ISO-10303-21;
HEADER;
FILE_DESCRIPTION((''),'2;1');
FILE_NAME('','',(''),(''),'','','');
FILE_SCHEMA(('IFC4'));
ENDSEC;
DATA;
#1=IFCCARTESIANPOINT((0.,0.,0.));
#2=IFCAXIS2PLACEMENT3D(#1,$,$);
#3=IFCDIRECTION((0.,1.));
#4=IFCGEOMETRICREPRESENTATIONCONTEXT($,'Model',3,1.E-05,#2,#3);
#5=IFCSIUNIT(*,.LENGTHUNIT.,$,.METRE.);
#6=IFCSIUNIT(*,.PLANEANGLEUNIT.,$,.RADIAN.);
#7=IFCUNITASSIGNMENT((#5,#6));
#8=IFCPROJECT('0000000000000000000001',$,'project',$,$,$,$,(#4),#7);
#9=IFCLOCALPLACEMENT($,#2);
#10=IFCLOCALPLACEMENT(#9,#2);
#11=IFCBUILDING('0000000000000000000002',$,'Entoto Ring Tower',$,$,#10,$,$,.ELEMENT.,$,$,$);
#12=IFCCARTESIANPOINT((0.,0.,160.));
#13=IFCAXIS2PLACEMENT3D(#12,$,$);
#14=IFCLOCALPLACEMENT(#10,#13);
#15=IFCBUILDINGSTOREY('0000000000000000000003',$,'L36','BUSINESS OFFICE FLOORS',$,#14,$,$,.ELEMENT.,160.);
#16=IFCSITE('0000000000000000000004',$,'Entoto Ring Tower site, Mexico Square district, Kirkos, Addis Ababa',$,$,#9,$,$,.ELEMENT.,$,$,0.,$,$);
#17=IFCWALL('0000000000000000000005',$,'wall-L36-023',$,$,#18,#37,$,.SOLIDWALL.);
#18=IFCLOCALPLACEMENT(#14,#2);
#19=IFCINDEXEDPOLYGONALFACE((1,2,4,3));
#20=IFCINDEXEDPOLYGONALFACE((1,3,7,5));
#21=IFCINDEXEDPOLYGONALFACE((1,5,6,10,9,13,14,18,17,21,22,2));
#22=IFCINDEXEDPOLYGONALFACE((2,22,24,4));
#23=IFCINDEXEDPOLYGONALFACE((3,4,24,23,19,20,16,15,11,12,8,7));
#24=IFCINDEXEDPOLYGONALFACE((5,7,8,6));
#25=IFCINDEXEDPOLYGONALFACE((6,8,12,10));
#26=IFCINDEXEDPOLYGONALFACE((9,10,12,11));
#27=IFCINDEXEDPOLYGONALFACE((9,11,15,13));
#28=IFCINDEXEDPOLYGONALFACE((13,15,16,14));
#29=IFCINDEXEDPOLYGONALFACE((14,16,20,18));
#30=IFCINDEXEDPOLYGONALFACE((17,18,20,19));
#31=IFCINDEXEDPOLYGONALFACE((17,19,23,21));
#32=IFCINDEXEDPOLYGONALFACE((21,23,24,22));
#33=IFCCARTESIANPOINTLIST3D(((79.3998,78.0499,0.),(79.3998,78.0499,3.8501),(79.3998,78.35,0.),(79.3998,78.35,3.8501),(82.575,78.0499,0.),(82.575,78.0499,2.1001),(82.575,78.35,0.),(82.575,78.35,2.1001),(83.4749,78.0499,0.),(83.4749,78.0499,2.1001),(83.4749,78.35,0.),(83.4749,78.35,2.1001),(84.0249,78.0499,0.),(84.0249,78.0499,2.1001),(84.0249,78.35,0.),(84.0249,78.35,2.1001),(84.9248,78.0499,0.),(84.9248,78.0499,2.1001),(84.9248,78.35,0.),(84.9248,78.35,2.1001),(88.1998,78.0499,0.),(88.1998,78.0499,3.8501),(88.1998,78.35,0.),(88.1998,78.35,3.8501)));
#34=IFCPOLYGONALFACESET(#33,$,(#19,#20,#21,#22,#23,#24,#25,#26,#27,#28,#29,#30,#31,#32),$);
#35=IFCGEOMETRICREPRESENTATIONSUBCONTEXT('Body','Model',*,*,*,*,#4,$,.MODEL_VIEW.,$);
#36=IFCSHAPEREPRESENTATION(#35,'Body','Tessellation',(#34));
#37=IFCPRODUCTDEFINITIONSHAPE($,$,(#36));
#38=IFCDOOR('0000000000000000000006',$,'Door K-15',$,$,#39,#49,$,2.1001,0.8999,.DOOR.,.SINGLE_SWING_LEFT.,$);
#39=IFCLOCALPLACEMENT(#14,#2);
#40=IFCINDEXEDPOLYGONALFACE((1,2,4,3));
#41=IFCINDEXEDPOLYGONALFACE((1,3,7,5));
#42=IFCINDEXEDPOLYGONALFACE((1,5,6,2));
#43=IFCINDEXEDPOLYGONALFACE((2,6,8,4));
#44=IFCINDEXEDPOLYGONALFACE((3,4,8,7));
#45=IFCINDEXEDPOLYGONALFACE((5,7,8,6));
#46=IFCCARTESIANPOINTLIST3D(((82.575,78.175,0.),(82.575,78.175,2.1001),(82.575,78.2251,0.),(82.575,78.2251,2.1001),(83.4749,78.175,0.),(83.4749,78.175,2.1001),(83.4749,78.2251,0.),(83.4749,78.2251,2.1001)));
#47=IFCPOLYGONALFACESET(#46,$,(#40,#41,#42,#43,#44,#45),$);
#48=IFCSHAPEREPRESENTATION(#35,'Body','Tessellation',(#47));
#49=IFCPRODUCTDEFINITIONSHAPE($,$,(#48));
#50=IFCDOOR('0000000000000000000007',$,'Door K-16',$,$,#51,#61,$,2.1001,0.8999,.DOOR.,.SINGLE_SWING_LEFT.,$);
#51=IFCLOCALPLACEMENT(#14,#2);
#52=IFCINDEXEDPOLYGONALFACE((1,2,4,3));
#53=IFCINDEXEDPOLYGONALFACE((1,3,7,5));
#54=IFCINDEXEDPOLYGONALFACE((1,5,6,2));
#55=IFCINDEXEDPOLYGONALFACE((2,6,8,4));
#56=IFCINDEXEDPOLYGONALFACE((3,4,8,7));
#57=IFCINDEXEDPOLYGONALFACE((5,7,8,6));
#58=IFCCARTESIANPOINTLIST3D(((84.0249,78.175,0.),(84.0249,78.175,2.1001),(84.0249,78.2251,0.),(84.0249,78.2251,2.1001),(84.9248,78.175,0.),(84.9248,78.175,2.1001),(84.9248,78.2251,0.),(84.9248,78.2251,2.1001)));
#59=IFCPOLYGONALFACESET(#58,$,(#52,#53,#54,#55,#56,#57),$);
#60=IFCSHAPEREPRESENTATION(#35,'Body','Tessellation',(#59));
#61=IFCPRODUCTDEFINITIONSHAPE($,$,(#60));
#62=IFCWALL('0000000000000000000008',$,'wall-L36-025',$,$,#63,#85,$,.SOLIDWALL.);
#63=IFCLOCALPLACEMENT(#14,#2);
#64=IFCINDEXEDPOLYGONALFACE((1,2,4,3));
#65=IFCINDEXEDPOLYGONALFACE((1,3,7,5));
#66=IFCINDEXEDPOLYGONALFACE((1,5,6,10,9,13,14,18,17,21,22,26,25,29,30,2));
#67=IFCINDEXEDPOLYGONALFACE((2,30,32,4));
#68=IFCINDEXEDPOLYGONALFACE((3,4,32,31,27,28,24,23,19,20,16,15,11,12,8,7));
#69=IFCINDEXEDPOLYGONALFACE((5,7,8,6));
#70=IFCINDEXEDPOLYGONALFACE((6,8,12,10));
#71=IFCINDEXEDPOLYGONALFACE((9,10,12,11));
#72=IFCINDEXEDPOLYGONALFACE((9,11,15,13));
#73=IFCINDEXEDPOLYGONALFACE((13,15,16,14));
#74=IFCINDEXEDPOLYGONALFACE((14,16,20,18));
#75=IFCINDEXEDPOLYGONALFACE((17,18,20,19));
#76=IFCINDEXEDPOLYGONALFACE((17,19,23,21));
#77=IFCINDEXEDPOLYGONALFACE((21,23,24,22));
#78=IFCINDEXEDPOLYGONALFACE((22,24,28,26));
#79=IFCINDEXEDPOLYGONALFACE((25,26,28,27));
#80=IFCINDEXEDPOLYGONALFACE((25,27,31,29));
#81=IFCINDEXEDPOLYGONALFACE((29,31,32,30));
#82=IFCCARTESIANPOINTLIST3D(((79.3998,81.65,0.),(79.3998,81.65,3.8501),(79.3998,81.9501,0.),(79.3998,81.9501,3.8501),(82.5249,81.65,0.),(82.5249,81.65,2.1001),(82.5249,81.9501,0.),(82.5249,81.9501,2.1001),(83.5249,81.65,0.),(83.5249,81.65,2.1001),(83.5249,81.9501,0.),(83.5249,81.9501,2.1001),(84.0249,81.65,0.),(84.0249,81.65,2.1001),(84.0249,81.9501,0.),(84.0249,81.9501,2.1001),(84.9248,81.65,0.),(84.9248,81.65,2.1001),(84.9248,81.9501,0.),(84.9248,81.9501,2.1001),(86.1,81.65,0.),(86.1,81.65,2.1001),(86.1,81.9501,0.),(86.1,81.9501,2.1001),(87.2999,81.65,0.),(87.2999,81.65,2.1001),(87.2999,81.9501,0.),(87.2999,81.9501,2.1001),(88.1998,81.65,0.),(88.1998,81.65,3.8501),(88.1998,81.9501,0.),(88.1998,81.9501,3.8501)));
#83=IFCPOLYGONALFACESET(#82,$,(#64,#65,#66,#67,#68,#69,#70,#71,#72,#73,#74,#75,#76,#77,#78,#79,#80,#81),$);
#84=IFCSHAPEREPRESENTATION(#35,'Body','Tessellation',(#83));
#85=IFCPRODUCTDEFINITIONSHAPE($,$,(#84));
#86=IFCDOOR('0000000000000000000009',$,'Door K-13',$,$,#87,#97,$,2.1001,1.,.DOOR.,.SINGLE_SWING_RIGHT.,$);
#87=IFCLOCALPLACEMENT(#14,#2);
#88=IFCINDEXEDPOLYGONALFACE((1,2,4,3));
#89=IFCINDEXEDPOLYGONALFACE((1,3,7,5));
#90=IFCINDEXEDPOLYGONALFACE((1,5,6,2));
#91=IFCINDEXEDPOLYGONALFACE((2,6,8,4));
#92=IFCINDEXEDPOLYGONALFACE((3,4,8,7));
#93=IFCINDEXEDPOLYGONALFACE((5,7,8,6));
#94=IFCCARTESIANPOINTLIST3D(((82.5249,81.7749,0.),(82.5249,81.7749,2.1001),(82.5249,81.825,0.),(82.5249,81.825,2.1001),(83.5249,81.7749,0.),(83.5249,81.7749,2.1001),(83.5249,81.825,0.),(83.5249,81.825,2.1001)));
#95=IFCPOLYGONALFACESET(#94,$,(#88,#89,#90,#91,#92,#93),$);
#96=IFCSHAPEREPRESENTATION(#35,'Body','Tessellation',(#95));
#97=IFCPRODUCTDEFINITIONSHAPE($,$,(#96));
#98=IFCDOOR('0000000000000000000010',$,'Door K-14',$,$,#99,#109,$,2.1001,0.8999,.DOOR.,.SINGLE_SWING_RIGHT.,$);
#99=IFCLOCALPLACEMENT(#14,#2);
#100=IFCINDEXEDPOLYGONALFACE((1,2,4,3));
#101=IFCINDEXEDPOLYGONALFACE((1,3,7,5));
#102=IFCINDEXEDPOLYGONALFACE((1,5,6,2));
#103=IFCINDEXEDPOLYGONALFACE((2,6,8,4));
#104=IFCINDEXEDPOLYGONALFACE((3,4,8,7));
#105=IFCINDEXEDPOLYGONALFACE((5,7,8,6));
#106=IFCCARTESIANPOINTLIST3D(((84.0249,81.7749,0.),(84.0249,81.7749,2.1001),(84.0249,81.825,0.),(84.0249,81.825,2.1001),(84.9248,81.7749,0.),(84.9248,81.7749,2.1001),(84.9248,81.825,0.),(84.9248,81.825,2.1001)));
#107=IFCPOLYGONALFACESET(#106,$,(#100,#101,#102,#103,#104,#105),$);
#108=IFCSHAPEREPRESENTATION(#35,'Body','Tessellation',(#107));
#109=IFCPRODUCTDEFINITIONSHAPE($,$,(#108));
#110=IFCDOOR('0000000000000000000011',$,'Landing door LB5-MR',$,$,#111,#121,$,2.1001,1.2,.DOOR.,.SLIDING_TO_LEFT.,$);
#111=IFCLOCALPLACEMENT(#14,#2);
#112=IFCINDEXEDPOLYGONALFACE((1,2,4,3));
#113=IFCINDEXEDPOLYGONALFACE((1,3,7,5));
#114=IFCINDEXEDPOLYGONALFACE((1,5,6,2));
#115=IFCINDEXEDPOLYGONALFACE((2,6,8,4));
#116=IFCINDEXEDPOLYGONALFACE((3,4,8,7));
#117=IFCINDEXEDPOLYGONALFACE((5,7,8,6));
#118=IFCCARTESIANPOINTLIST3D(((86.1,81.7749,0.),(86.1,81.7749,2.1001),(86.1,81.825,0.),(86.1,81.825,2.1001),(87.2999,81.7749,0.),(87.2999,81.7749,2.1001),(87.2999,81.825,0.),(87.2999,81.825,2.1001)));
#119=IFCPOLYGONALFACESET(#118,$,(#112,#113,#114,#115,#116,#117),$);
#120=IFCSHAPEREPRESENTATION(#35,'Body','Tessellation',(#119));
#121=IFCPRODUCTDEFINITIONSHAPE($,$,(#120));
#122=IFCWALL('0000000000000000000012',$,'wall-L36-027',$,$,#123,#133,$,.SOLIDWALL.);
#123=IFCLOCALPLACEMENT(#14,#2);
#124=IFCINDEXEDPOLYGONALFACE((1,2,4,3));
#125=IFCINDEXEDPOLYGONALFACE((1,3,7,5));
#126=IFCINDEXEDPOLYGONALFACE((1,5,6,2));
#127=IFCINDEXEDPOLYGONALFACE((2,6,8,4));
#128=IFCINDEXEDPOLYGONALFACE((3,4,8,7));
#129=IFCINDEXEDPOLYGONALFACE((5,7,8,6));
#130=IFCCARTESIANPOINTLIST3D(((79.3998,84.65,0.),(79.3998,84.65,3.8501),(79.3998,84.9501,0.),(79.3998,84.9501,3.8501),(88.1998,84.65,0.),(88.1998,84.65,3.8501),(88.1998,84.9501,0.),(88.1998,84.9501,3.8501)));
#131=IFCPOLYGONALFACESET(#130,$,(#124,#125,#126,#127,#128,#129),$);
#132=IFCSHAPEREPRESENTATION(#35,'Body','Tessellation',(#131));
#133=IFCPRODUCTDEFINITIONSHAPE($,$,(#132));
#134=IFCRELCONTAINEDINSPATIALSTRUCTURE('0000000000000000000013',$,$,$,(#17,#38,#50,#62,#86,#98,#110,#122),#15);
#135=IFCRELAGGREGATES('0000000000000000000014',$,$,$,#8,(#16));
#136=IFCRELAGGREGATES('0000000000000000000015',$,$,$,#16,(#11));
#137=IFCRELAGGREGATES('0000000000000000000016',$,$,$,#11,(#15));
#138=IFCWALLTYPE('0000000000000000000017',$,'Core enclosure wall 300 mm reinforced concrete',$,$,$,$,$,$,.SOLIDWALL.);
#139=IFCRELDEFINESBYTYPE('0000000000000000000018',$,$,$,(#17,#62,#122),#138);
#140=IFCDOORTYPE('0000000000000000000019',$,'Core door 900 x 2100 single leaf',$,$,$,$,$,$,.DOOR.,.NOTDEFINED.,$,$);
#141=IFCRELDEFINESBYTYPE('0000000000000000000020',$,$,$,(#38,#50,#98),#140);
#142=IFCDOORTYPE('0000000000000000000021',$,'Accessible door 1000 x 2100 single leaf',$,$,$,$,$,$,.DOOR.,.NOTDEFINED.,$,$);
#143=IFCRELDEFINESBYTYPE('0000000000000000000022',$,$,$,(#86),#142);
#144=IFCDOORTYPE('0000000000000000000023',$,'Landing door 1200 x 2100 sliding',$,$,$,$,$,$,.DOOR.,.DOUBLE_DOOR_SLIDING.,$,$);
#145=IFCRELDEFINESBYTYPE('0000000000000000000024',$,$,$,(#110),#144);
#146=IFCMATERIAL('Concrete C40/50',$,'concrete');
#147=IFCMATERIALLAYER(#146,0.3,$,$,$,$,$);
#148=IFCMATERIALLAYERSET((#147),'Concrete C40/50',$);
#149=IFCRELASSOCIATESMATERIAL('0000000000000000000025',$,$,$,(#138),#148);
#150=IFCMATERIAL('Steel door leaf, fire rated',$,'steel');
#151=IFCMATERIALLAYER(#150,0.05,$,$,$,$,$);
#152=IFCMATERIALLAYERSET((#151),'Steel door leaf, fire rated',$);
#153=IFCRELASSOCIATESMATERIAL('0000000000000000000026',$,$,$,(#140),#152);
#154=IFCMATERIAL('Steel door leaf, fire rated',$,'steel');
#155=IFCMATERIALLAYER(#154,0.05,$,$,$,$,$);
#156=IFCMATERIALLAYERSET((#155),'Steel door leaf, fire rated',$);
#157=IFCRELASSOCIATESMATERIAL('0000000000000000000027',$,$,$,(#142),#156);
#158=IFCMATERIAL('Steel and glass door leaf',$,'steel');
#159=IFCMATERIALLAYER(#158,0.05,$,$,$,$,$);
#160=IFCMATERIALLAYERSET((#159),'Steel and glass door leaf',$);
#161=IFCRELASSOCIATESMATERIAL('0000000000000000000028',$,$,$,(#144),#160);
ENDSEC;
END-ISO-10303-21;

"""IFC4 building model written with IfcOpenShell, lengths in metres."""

from ifc_helpers import new_model, si_unit, direction, frame, frame_2d, origin, place, context, subcontext, project, spatial, rectangle, extrude, material, layer, layer_set, type_object, element, fill, save


model = new_model("IFC4")

# Units and contexts
model_context = context("Model", 3, precision=1e-05, world=origin(), true_north=direction((0.0, 1.0)))
body_context = subcontext(model_context, "Body", "Model", "MODEL_VIEW")
ifc_project = project(units=[si_unit("LENGTHUNIT", "METRE"), si_unit("PLANEANGLEUNIT", "RADIAN")], contexts=[model_context])

# Site, building, storey
site_placement = place(None, origin())
site = spatial("IfcSite", under=ifc_project, at=site_placement, Name="Entoto Ring Tower site, Mexico Square district, Kirkos, Addis Ababa", CompositionType="ELEMENT", RefElevation=0.0)
building_placement = place(site_placement, origin())
building = spatial("IfcBuilding", under=site, at=building_placement, Name="Entoto Ring Tower", CompositionType="ELEMENT")
storey_placement = place(building_placement, frame((0.0, 0.0, 160.0)))
storey = spatial("IfcBuildingStorey", under=building, at=storey_placement, Name="L36", Description="BUSINESS OFFICE FLOORS", CompositionType="ELEMENT", Elevation=160.0)

# Shared definitions
ifc_material_1 = material(Name="Concrete C40/50", Category="concrete")
ifc_layer_1 = layer(ifc_material_1, 0.3)
ifc_layer_set_1 = layer_set([ifc_layer_1], Name="Concrete C40/50")
wall_type = type_object("IfcWallType", Name="Core enclosure wall 300 mm reinforced concrete", PredefinedType="SOLIDWALL", material=ifc_layer_set_1)

# Walls, openings, doors
wall_1_placement = place(storey_placement, frame((79.3999, 78.2, 0.0), z_axis=(0.0, 0.0, 1.0), x_axis=(1.0, 0.0, 0.0)))
wall_1 = element("IfcWall", 1, at=wall_1_placement, inside=storey, type_object=wall_type, Name="wall-L36-023", PredefinedType="SOLIDWALL", context=body_context, shape_type="SweptSolid", body=[
    extrude(rectangle(XDim=8.8, YDim=0.3, at=frame_2d((4.3999, 0.0))), origin(), (0.0, 0.0, 1.0), 3.8501),
])
opening_1_placement = place(wall_1_placement, frame((3.175, 0.0, 0.0)))
opening_1 = element("IfcOpeningElement", 2, at=opening_1_placement, cuts=wall_1, PredefinedType="OPENING", context=body_context, shape_type="SweptSolid", body=[
    extrude(rectangle(XDim=0.8999, YDim=2.1001, at=frame_2d((0.45, 1.05))), frame((0.0, 0.1602, 0.0), z_axis=(0.0, -1.0, 0.0), x_axis=(1.0, 0.0, 0.0)), (0.0, 0.0, 1.0), 0.3201),
])
opening_2_placement = place(wall_1_placement, frame((4.625, 0.0, 0.0)))
opening_2 = element("IfcOpeningElement", 3, at=opening_2_placement, cuts=wall_1, PredefinedType="OPENING", context=body_context, shape_type="SweptSolid", body=[
    extrude(rectangle(XDim=0.8999, YDim=2.1001, at=frame_2d((0.45, 1.05))), frame((0.0, 0.1602, 0.0), z_axis=(0.0, -1.0, 0.0), x_axis=(1.0, 0.0, 0.0)), (0.0, 0.0, 1.0), 0.3201),
])
ifc_material_2 = material(Name="Steel door leaf, fire rated", Category="steel")
ifc_layer_2 = layer(ifc_material_2, 0.05)
ifc_layer_set_2 = layer_set([ifc_layer_2], Name="Steel door leaf, fire rated")
door_type_1 = type_object("IfcDoorType", Name="Core door 900 x 2100 single leaf", OperationType="NOTDEFINED", PredefinedType="DOOR", material=ifc_layer_set_2)
door_1_placement = place(opening_1_placement, frame((0.8999, 0.0, 0.0), z_axis=(0.0, 0.0, 1.0), x_axis=(-1.0, 0.0, 0.0)))
door_1 = element("IfcDoor", 4, at=door_1_placement, inside=storey, type_object=door_type_1, Name="Door K-15", OperationType="SINGLE_SWING_LEFT", OverallHeight=2.1001, OverallWidth=0.8999, PredefinedType="DOOR", context=body_context, shape_type="SweptSolid", body=[
    extrude(rectangle(XDim=0.8999, YDim=2.1001, at=frame_2d((0.45, 1.05))), frame((0.0, 0.0249, 0.0), z_axis=(0.0, -1.0, 0.0), x_axis=(1.0, 0.0, 0.0)), (0.0, 0.0, 1.0), 0.05),
])
fill(opening_1, door_1)
door_2_placement = place(opening_2_placement, frame((0.8999, 0.0, 0.0), z_axis=(0.0, 0.0, 1.0), x_axis=(-1.0, 0.0, 0.0)))
door_2 = element("IfcDoor", 5, at=door_2_placement, inside=storey, type_object=door_type_1, Name="Door K-16", OperationType="SINGLE_SWING_LEFT", OverallHeight=2.1001, OverallWidth=0.8999, PredefinedType="DOOR", context=body_context, shape_type="SweptSolid", body=[
    extrude(rectangle(XDim=0.8999, YDim=2.1001, at=frame_2d((0.45, 1.05))), frame((0.0, 0.0249, 0.0), z_axis=(0.0, -1.0, 0.0), x_axis=(1.0, 0.0, 0.0)), (0.0, 0.0, 1.0), 0.05),
])
fill(opening_2, door_2)
wall_2_placement = place(storey_placement, frame((79.3999, 81.8, 0.0), z_axis=(0.0, 0.0, 1.0), x_axis=(1.0, 0.0, 0.0)))
wall_2 = element("IfcWall", 6, at=wall_2_placement, inside=storey, type_object=wall_type, Name="wall-L36-025", PredefinedType="SOLIDWALL", context=body_context, shape_type="SweptSolid", body=[
    extrude(rectangle(XDim=8.8, YDim=0.3, at=frame_2d((4.3999, 0.0))), origin(), (0.0, 0.0, 1.0), 3.8501),
])
opening_3_placement = place(wall_2_placement, frame((6.7, 0.0, 0.0)))
opening_3 = element("IfcOpeningElement", 7, at=opening_3_placement, cuts=wall_2, PredefinedType="OPENING", context=body_context, shape_type="SweptSolid", body=[
    extrude(rectangle(XDim=1.2, YDim=2.1001, at=frame_2d((0.6001, 1.05))), frame((0.0, 0.1602, 0.0), z_axis=(0.0, -1.0, 0.0), x_axis=(1.0, 0.0, 0.0)), (0.0, 0.0, 1.0), 0.3201),
])
opening_4_placement = place(wall_2_placement, frame((3.125, 0.0, 0.0)))
opening_4 = element("IfcOpeningElement", 8, at=opening_4_placement, cuts=wall_2, PredefinedType="OPENING", context=body_context, shape_type="SweptSolid", body=[
    extrude(rectangle(XDim=1.0, YDim=2.1001, at=frame_2d((0.5, 1.05))), frame((0.0, 0.1602, 0.0), z_axis=(0.0, -1.0, 0.0), x_axis=(1.0, 0.0, 0.0)), (0.0, 0.0, 1.0), 0.3201),
])
opening_5_placement = place(wall_2_placement, frame((4.625, 0.0, 0.0)))
opening_5 = element("IfcOpeningElement", 9, at=opening_5_placement, cuts=wall_2, PredefinedType="OPENING", context=body_context, shape_type="SweptSolid", body=[
    extrude(rectangle(XDim=0.8999, YDim=2.1001, at=frame_2d((0.45, 1.05))), frame((0.0, 0.1602, 0.0), z_axis=(0.0, -1.0, 0.0), x_axis=(1.0, 0.0, 0.0)), (0.0, 0.0, 1.0), 0.3201),
])
ifc_material_3 = material(Name="Steel door leaf, fire rated", Category="steel")
ifc_layer_3 = layer(ifc_material_3, 0.05)
ifc_layer_set_3 = layer_set([ifc_layer_3], Name="Steel door leaf, fire rated")
door_type_2 = type_object("IfcDoorType", Name="Accessible door 1000 x 2100 single leaf", OperationType="NOTDEFINED", PredefinedType="DOOR", material=ifc_layer_set_3)
door_3_placement = place(opening_4_placement, origin())
door_3 = element("IfcDoor", 10, at=door_3_placement, inside=storey, type_object=door_type_2, Name="Door K-13", OperationType="SINGLE_SWING_RIGHT", OverallHeight=2.1001, OverallWidth=1.0, PredefinedType="DOOR", context=body_context, shape_type="SweptSolid", body=[
    extrude(rectangle(XDim=1.0, YDim=2.1001, at=frame_2d((0.5, 1.05))), frame((0.0, 0.0249, 0.0), z_axis=(0.0, -1.0, 0.0), x_axis=(1.0, 0.0, 0.0)), (0.0, 0.0, 1.0), 0.05),
])
fill(opening_4, door_3)
door_4_placement = place(opening_5_placement, origin())
door_4 = element("IfcDoor", 11, at=door_4_placement, inside=storey, type_object=door_type_1, Name="Door K-14", OperationType="SINGLE_SWING_RIGHT", OverallHeight=2.1001, OverallWidth=0.8999, PredefinedType="DOOR", context=body_context, shape_type="SweptSolid", body=[
    extrude(rectangle(XDim=0.8999, YDim=2.1001, at=frame_2d((0.45, 1.05))), frame((0.0, 0.0249, 0.0), z_axis=(0.0, -1.0, 0.0), x_axis=(1.0, 0.0, 0.0)), (0.0, 0.0, 1.0), 0.05),
])
fill(opening_5, door_4)
ifc_material_4 = material(Name="Steel and glass door leaf", Category="steel")
ifc_layer_4 = layer(ifc_material_4, 0.05)
ifc_layer_set_4 = layer_set([ifc_layer_4], Name="Steel and glass door leaf")
door_type_3 = type_object("IfcDoorType", Name="Landing door 1200 x 2100 sliding", OperationType="DOUBLE_DOOR_SLIDING", PredefinedType="DOOR", material=ifc_layer_set_4)
door_5_placement = place(opening_3_placement, origin())
door_5 = element("IfcDoor", 12, at=door_5_placement, inside=storey, type_object=door_type_3, Name="Landing door LB5-MR", OperationType="SLIDING_TO_LEFT", OverallHeight=2.1001, OverallWidth=1.2, PredefinedType="DOOR", context=body_context, shape_type="SweptSolid", body=[
    extrude(rectangle(XDim=1.2, YDim=2.1001, at=frame_2d((0.6001, 1.05))), frame((0.0, 0.0249, 0.0), z_axis=(0.0, -1.0, 0.0), x_axis=(1.0, 0.0, 0.0)), (0.0, 0.0, 1.0), 0.05),
])
fill(opening_3, door_5)

# Wall
wall_3_placement = place(storey_placement, frame((79.3999, 84.8, 0.0), z_axis=(0.0, 0.0, 1.0), x_axis=(1.0, 0.0, 0.0)))
element("IfcWall", 13, at=wall_3_placement, inside=storey, type_object=wall_type, Name="wall-L36-027", PredefinedType="SOLIDWALL", context=body_context, shape_type="SweptSolid", body=[
    extrude(rectangle(XDim=8.8, YDim=0.3, at=frame_2d((4.3999, 0.0))), origin(), (0.0, 0.0, 1.0), 3.8501),
])

save(model, "model.ifc")
